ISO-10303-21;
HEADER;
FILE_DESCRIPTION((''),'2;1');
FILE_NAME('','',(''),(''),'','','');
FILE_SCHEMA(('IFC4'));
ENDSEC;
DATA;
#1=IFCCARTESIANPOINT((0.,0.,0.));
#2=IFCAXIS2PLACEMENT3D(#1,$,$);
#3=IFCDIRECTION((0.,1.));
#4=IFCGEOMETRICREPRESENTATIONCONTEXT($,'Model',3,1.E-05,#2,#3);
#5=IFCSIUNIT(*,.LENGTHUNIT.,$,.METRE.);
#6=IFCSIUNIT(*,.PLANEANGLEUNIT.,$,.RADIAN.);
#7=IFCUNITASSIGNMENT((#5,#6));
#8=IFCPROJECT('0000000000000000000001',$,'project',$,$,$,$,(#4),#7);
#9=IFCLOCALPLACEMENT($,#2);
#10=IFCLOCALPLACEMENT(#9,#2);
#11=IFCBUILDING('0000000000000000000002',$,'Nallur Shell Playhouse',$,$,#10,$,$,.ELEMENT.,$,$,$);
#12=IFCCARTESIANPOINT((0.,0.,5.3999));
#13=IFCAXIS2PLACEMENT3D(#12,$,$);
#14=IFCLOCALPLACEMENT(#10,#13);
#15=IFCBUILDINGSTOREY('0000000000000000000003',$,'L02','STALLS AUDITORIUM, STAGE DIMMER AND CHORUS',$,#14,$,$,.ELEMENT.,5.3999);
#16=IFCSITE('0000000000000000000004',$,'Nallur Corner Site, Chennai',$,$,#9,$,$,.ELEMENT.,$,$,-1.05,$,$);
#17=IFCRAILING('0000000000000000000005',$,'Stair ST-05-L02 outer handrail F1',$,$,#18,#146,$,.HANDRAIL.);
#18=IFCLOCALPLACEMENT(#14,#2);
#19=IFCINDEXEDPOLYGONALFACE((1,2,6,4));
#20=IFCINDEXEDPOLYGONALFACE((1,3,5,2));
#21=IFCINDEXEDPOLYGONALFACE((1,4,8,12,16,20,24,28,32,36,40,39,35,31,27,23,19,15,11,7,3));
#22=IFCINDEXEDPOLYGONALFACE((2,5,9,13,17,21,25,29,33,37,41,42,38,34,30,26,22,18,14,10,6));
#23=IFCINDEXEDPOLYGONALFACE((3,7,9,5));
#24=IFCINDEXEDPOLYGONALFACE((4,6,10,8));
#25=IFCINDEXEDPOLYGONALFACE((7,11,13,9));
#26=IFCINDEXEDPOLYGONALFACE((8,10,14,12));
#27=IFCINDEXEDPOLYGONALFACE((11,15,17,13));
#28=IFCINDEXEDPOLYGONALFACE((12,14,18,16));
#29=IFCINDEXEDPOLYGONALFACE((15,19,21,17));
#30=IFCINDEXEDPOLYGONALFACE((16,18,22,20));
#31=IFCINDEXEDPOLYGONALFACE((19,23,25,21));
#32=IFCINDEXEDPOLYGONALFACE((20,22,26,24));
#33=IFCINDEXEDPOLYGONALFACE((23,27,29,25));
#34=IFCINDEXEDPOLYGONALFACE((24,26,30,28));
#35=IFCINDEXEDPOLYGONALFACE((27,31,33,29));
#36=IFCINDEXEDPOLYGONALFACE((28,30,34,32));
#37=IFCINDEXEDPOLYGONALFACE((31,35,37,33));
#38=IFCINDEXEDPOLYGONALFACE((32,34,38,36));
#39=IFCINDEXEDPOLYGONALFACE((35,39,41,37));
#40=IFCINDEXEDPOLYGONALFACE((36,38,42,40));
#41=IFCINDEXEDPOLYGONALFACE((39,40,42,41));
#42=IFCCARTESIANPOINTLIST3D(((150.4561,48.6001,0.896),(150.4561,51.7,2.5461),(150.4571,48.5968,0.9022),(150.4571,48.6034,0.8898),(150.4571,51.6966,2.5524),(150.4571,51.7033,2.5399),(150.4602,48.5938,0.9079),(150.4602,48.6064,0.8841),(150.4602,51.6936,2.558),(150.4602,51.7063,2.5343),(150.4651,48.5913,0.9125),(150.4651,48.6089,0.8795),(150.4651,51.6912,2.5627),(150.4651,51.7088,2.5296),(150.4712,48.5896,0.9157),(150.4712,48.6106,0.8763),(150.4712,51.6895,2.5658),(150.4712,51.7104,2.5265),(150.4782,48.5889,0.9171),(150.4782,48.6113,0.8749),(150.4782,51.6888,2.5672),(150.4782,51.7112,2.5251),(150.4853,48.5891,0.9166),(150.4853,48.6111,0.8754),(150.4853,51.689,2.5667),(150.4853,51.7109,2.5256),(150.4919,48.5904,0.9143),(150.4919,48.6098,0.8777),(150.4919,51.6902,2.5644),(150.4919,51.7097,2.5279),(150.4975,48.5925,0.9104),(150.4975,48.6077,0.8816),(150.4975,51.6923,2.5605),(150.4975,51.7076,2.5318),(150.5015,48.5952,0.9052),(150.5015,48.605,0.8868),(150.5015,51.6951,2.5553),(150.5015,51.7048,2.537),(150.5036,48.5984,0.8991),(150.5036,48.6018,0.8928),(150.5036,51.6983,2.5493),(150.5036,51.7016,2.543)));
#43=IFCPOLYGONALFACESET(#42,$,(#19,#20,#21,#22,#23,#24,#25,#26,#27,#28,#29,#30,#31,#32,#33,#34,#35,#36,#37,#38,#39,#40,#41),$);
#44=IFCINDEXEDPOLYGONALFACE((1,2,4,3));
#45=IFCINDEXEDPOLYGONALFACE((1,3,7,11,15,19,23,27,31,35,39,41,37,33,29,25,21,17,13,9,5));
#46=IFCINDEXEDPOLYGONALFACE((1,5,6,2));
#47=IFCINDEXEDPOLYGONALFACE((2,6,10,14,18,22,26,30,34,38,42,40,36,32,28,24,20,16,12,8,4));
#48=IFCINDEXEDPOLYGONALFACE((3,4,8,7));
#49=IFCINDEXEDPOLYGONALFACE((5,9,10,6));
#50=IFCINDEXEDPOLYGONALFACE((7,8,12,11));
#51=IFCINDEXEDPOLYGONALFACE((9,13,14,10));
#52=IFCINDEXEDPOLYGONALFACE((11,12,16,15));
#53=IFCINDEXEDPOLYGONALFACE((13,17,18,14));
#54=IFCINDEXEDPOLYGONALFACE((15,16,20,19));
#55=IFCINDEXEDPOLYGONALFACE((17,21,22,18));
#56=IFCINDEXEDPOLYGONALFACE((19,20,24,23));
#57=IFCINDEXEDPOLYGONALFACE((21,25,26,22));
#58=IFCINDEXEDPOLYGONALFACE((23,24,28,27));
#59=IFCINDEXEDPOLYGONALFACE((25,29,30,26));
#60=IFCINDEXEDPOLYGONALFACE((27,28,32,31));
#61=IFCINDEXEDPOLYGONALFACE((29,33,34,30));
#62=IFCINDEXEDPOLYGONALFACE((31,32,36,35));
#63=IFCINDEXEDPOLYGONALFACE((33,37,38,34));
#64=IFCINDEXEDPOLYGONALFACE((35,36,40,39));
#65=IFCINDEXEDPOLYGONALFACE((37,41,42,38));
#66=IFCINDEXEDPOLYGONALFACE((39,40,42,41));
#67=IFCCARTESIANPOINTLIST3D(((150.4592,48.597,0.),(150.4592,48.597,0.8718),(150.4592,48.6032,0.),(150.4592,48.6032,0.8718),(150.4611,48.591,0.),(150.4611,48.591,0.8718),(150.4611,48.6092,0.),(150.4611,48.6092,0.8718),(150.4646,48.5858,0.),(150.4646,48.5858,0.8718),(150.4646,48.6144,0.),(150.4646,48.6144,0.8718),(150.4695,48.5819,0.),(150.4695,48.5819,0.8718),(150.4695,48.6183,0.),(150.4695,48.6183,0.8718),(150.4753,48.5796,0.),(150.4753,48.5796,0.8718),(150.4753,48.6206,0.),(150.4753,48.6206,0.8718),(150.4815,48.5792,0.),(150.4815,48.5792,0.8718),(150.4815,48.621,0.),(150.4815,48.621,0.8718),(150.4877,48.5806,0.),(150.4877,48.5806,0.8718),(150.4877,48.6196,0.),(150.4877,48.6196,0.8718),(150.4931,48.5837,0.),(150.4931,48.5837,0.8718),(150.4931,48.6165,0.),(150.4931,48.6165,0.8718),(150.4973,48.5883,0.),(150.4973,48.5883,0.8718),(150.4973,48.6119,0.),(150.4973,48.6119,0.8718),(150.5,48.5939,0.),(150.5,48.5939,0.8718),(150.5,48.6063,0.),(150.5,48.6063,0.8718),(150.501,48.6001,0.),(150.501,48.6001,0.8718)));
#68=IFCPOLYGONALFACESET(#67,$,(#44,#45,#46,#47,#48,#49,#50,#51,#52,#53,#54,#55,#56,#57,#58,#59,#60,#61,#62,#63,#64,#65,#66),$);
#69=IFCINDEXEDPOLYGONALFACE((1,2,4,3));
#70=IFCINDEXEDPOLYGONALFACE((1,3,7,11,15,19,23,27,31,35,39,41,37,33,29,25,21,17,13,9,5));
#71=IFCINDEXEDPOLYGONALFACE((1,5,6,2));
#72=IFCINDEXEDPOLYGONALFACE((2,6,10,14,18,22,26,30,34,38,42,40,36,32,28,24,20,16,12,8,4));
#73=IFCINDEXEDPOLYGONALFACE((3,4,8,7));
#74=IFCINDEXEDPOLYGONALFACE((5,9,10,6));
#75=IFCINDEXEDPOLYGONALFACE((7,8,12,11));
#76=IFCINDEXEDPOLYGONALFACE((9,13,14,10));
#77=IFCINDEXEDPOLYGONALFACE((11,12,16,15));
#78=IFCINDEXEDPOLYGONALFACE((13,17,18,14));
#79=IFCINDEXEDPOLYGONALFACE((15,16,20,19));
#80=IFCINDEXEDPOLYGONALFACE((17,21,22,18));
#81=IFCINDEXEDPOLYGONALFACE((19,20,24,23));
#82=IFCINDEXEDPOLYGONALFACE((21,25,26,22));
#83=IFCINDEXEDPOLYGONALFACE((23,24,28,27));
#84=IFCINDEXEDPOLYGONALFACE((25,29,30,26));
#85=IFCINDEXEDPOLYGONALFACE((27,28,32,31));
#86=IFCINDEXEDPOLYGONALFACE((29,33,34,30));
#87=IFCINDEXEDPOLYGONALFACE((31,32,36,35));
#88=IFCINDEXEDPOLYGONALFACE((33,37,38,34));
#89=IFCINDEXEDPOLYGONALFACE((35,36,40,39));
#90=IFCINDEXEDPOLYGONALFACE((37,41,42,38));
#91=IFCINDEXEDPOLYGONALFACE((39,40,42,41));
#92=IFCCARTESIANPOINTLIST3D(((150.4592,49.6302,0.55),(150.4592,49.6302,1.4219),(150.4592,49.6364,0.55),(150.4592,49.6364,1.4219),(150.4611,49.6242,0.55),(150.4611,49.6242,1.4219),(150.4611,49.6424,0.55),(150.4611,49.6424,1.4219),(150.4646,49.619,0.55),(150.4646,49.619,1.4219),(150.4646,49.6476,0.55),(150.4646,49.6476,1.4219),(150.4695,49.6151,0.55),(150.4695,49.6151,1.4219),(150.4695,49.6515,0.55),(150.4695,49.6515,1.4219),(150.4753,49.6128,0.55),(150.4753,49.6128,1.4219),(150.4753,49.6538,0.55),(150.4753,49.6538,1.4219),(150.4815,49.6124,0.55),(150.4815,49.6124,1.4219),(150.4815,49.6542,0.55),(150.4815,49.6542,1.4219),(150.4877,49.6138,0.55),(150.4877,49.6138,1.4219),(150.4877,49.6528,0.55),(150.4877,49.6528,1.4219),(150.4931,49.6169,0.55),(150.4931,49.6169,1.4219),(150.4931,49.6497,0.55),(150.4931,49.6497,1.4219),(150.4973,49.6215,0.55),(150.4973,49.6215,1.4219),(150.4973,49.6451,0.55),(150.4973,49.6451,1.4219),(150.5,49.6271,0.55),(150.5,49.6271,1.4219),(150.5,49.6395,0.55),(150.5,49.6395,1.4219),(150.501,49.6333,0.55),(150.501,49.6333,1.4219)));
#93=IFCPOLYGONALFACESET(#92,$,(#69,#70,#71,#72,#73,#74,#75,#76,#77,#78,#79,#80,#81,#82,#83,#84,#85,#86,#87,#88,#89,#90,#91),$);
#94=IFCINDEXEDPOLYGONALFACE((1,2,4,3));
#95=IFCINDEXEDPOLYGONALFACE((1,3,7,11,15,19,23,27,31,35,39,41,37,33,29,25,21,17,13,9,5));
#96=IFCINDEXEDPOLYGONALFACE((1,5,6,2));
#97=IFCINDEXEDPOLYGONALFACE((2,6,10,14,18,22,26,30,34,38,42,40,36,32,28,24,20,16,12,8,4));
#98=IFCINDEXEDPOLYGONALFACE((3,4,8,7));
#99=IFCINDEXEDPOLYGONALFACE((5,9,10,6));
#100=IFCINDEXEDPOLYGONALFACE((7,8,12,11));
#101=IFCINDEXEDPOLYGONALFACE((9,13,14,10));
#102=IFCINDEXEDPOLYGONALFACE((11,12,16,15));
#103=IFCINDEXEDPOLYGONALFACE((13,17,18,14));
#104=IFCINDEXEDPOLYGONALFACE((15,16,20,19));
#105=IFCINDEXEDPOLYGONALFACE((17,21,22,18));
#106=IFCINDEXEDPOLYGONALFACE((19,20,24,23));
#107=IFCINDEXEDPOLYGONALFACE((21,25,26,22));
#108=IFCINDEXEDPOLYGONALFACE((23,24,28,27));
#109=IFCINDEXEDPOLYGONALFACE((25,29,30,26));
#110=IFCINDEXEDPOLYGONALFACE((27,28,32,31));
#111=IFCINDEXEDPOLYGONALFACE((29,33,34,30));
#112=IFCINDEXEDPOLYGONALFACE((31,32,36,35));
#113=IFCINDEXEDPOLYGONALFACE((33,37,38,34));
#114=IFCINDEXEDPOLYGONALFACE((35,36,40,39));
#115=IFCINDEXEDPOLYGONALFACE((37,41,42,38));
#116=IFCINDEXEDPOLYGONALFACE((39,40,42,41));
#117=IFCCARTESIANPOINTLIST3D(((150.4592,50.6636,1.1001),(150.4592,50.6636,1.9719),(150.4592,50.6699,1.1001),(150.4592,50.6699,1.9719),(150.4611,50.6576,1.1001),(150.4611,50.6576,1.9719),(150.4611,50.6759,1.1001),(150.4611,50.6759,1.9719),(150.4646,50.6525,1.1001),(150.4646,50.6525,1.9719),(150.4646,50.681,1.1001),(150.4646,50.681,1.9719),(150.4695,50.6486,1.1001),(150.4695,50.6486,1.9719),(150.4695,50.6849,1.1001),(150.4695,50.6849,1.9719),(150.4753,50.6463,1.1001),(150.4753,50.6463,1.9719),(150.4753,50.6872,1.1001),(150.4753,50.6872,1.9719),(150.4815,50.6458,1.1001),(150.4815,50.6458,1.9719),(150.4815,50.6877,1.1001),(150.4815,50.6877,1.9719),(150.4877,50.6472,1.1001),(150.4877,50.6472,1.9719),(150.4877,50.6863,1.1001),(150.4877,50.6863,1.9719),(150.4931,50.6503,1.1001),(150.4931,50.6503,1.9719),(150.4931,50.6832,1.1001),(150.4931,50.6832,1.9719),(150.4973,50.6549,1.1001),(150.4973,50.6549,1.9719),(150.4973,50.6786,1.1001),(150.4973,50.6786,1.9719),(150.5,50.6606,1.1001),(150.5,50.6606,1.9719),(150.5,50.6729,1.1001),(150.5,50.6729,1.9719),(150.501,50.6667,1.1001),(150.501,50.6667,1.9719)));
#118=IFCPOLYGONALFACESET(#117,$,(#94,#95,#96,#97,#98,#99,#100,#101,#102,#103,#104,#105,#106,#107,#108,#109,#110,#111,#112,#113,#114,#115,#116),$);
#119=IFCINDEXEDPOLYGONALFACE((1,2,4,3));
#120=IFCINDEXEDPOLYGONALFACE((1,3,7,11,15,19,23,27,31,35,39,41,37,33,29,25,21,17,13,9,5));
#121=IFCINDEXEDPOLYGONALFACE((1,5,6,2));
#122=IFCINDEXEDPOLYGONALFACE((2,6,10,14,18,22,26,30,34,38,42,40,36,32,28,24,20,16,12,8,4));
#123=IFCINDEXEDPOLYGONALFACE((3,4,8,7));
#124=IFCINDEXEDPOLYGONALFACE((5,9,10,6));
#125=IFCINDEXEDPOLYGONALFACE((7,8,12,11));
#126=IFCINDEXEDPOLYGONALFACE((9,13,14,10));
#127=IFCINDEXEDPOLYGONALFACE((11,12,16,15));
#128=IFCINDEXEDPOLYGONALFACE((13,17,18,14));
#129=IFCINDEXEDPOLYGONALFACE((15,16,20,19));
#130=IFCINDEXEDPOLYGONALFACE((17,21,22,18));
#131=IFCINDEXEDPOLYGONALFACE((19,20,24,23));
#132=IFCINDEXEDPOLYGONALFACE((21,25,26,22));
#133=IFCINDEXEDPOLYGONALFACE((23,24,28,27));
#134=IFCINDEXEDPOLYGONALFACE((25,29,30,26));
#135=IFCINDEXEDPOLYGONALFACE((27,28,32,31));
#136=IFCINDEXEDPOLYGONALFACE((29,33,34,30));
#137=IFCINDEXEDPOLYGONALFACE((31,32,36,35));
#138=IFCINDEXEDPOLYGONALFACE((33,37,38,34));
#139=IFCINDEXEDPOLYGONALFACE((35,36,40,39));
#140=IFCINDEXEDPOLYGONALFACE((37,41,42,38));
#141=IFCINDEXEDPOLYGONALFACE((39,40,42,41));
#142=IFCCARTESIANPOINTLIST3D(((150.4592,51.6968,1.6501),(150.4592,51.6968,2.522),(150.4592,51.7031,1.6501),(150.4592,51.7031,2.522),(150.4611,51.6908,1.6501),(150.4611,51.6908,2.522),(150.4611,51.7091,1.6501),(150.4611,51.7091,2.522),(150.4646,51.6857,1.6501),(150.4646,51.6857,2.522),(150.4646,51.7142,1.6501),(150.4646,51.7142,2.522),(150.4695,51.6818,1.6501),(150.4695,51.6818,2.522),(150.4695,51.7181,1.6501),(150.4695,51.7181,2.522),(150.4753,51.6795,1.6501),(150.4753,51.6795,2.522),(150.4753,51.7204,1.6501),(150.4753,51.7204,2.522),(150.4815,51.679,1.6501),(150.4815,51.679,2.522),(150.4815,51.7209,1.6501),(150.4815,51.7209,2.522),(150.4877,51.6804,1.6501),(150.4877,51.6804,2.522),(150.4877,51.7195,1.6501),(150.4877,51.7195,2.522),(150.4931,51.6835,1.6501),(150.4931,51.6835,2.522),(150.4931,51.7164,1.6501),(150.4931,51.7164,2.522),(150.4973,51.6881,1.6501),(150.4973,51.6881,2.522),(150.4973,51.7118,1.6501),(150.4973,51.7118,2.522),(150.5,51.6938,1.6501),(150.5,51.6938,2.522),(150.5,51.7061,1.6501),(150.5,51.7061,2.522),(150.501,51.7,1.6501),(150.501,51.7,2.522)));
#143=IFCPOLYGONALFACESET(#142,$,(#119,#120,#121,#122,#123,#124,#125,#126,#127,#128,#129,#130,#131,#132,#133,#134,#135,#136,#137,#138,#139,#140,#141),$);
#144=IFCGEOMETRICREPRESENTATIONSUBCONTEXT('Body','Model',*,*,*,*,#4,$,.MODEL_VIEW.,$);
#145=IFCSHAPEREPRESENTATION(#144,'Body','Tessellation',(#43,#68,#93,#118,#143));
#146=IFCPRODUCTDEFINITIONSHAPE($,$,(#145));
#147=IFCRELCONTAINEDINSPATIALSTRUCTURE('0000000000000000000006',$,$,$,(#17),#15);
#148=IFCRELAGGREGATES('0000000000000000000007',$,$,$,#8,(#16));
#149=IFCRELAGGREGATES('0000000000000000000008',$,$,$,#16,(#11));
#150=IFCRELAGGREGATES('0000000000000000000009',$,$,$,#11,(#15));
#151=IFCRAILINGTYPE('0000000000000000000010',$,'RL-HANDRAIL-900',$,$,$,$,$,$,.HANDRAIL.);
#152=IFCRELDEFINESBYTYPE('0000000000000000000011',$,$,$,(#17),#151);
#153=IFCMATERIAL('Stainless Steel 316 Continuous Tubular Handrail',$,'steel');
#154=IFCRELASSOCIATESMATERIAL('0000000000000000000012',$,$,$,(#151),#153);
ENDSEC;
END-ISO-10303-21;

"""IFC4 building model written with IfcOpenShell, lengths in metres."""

from ifc_helpers import new_model, si_unit, direction, frame, origin, origin_2d, place, context, subcontext, project, spatial, circle, extrude, material, type_object, element, save


model = new_model("IFC4")

# Units and contexts
model_context = context("Model", 3, precision=1e-05, world=origin(), true_north=direction((0.0, 1.0)))
body_context = subcontext(model_context, "Body", "Model", "MODEL_VIEW")
ifc_project = project(units=[si_unit("LENGTHUNIT", "METRE"), si_unit("PLANEANGLEUNIT", "RADIAN")], contexts=[model_context])

# Site, building, storey
site_placement = place(None, origin())
site = spatial("IfcSite", under=ifc_project, at=site_placement, Name="Nallur Corner Site, Chennai", CompositionType="ELEMENT", RefElevation=-1.05)
building_placement = place(site_placement, origin())
building = spatial("IfcBuilding", under=site, at=building_placement, Name="Nallur Shell Playhouse", CompositionType="ELEMENT")
storey_placement = place(building_placement, frame((0.0, 0.0, 5.3999)))
storey = spatial("IfcBuildingStorey", under=building, at=storey_placement, Name="L02", Description="STALLS AUDITORIUM, STAGE DIMMER AND CHORUS", CompositionType="ELEMENT", Elevation=5.3999)

# Railing
ifc_material_1 = material(Name="Stainless Steel 316 Continuous Tubular Handrail", Category="steel")
railing_type_1 = type_object("IfcRailingType", Name="RL-HANDRAIL-900", PredefinedType="HANDRAIL", material=ifc_material_1)
railing_1_placement = place(storey_placement, frame((150.48, 48.6001, 0.0)))
element("IfcRailing", 1, at=railing_1_placement, inside=storey, type_object=railing_type_1, Name="Stair ST-05-L02 outer handrail F1", PredefinedType="HANDRAIL", context=body_context, shape_type="SweptSolid", body=[
    extrude(circle(Radius=0.0239, at=origin_2d()), frame((0.0, 0.0, 0.896), z_axis=(0.0, 0.88272, 0.469899), x_axis=(-1.0, 0.0, 0.0)), (0.0, 0.0, 1.0), 3.5117),
    extrude(circle(Radius=0.021, at=origin_2d()), origin(), (0.0, 0.0, 1.0), 0.8718),
    extrude(circle(Radius=0.021, at=origin_2d()), frame((0.0, 1.0332, 0.55)), (0.0, 0.0, 1.0), 0.8718),
    extrude(circle(Radius=0.021, at=origin_2d()), frame((0.0, 2.0667, 1.1001)), (0.0, 0.0, 1.0), 0.8718),
    extrude(circle(Radius=0.021, at=origin_2d()), frame((0.0, 3.0999, 1.6501)), (0.0, 0.0, 1.0), 0.8718),
])

save(model, "model.ifc")
